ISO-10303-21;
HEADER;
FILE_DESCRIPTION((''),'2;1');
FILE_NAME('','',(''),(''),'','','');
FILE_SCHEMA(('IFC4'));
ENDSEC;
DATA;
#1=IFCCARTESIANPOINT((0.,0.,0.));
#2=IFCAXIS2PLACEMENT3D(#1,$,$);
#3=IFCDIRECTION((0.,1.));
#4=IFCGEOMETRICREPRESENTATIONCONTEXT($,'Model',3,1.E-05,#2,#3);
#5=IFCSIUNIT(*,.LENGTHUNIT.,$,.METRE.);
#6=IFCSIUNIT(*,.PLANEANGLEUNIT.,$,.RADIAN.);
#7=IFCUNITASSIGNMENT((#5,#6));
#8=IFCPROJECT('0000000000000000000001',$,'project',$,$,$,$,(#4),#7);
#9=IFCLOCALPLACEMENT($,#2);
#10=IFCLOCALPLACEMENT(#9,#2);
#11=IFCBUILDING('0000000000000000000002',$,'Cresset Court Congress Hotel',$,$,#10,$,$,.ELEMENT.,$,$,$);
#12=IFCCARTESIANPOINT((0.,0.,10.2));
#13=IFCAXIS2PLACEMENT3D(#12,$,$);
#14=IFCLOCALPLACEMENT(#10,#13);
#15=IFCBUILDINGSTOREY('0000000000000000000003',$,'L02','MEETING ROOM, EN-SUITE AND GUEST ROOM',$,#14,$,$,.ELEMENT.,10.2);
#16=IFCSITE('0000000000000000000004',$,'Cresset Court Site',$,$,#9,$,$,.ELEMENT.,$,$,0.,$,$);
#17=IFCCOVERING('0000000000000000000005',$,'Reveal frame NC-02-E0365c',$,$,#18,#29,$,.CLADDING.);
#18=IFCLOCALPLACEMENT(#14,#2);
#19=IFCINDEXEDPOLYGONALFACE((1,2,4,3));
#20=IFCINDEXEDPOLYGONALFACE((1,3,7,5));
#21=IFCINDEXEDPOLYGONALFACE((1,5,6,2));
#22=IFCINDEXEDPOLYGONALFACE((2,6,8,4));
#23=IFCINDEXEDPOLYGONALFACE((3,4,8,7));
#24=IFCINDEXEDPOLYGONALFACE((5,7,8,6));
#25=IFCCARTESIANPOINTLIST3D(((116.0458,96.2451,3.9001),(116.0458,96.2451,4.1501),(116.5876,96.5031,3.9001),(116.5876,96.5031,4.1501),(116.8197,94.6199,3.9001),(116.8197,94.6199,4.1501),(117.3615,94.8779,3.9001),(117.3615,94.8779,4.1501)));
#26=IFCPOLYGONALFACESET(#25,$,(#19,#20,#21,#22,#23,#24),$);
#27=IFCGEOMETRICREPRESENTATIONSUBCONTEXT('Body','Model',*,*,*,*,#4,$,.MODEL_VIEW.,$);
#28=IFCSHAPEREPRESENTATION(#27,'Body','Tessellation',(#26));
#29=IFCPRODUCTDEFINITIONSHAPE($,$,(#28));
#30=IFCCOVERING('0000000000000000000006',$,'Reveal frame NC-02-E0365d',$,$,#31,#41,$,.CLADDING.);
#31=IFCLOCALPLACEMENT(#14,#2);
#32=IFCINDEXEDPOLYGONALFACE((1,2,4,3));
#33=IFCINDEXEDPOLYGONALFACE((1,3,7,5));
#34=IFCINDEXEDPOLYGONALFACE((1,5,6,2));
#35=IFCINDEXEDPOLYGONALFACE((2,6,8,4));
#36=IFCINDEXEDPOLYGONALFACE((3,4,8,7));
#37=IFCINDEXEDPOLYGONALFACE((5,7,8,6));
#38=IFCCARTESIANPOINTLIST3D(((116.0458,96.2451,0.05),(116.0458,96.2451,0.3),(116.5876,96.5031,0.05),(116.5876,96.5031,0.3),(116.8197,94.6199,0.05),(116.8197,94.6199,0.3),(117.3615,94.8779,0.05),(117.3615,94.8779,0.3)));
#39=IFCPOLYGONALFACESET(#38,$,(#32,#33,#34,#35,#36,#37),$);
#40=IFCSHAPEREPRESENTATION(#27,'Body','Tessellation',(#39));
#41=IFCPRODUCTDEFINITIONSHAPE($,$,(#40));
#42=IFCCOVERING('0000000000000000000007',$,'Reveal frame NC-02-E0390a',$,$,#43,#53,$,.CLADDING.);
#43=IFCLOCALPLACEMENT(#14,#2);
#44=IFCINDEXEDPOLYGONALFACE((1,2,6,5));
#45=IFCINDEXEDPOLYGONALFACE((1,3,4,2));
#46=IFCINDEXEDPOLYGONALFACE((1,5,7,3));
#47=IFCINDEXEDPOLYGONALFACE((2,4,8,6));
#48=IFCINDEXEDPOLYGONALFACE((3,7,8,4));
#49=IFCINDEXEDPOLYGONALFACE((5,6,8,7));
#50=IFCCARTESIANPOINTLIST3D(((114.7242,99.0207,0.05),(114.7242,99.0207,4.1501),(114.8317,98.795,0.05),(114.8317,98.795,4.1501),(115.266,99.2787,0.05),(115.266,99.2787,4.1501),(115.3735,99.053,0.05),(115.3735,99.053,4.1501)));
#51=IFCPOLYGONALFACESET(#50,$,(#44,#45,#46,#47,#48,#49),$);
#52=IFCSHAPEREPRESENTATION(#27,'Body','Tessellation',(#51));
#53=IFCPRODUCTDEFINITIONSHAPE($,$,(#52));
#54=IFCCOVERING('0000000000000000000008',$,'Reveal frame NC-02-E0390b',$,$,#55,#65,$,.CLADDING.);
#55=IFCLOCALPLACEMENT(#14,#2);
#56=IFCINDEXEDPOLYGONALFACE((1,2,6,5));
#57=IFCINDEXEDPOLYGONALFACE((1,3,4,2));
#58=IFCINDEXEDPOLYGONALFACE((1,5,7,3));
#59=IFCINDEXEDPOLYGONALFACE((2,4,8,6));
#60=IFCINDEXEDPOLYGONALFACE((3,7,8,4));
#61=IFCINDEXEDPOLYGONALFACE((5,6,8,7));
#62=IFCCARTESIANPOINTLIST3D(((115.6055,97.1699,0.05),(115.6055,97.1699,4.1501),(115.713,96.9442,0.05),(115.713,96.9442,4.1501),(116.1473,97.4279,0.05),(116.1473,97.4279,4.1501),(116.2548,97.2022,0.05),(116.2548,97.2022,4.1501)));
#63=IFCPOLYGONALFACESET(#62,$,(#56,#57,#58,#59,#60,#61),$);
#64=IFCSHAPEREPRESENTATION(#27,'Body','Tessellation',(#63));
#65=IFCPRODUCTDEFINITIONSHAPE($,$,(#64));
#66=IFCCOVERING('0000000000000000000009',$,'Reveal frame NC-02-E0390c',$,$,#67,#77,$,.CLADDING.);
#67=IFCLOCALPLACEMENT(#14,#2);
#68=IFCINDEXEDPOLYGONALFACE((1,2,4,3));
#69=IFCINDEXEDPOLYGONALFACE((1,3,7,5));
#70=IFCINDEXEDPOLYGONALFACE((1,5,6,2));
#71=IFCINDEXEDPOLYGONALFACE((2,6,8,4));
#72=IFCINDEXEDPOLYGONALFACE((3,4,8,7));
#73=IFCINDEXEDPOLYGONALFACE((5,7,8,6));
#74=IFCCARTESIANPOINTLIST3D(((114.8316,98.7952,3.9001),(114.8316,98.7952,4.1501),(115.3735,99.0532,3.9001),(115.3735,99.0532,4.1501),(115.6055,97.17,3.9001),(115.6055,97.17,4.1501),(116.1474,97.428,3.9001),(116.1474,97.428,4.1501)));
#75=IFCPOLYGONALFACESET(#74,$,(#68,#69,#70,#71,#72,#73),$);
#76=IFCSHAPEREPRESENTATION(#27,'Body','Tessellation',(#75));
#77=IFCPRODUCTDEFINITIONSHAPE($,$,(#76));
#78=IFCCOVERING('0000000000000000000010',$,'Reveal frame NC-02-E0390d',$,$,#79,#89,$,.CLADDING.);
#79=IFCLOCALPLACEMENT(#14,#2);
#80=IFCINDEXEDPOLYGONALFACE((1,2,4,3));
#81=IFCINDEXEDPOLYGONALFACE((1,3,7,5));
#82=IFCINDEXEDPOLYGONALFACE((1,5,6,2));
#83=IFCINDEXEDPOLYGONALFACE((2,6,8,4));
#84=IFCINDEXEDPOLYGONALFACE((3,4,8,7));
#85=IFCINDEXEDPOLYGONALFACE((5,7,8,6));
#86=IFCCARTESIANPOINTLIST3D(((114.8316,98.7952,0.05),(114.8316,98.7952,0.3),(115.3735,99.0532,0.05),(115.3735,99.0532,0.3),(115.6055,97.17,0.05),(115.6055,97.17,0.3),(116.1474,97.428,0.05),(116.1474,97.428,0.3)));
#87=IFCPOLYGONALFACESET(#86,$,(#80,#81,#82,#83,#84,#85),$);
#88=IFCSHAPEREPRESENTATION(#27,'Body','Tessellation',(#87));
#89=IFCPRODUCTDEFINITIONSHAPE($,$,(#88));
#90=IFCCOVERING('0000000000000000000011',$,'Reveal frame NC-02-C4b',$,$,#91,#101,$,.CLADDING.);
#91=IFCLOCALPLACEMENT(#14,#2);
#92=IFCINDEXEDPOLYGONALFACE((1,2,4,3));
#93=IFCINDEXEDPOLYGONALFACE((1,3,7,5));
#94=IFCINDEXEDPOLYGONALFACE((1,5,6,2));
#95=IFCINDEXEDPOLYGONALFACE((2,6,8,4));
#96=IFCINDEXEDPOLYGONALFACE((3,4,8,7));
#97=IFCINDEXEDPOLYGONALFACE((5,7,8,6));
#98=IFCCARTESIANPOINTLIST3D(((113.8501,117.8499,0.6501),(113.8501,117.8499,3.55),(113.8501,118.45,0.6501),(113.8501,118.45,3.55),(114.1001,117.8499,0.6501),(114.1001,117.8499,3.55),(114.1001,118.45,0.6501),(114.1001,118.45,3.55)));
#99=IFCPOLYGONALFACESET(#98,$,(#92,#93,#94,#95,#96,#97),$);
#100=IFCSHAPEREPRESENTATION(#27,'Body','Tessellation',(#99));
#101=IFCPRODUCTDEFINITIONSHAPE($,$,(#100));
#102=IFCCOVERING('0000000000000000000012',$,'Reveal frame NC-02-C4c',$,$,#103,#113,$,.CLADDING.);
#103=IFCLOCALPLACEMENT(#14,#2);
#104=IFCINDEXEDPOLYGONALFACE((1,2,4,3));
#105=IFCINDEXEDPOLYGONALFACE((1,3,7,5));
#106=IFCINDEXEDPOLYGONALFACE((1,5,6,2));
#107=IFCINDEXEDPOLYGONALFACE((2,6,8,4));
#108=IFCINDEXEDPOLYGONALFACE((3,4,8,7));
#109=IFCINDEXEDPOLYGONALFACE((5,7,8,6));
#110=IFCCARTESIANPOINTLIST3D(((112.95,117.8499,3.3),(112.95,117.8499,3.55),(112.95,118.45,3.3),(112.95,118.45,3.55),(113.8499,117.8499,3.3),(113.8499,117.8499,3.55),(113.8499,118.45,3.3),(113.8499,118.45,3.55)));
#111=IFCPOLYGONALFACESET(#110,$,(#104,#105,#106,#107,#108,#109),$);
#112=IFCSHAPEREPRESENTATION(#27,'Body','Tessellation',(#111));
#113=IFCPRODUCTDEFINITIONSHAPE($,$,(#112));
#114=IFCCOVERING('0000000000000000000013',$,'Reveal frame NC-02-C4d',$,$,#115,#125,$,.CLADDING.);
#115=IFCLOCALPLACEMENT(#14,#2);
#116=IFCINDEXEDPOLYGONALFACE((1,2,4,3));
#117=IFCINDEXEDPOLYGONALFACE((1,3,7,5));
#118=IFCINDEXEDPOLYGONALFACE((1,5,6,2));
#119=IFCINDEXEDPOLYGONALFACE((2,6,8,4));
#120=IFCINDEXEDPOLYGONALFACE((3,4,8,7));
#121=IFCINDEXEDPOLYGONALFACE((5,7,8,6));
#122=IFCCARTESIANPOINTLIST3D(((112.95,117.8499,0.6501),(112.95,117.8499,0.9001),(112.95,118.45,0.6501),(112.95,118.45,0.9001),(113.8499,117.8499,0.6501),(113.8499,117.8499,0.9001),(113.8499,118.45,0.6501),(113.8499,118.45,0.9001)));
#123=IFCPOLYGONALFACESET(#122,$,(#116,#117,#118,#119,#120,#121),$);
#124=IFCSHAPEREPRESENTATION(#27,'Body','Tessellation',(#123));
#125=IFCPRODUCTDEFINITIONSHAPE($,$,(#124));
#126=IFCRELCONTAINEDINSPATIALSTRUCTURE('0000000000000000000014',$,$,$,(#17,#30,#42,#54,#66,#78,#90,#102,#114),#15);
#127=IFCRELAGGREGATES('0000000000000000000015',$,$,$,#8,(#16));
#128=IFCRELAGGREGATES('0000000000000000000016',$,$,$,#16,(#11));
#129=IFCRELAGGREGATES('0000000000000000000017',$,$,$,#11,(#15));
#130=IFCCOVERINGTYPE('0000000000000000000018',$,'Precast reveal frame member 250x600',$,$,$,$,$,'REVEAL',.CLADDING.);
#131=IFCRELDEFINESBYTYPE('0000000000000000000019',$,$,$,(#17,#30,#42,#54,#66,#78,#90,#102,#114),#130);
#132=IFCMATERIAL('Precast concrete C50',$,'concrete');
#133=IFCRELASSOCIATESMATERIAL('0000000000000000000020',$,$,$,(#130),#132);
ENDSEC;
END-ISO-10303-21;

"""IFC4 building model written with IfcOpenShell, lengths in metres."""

from ifc_helpers import new_model, si_unit, direction, frame, origin, origin_2d, place, context, subcontext, project, spatial, rectangle, extrude, material, type_object, element, save


model = new_model("IFC4")

# Units and contexts
model_context = context("Model", 3, precision=1e-05, world=origin(), true_north=direction((0.0, 1.0)))
body_context = subcontext(model_context, "Body", "Model", "MODEL_VIEW")
ifc_project = project(units=[si_unit("LENGTHUNIT", "METRE"), si_unit("PLANEANGLEUNIT", "RADIAN")], contexts=[model_context])

# Site, building, storey
site_placement = place(None, origin())
site = spatial("IfcSite", under=ifc_project, at=site_placement, Name="Cresset Court Site", CompositionType="ELEMENT", RefElevation=0.0)
building_placement = place(site_placement, origin())
building = spatial("IfcBuilding", under=site, at=building_placement, Name="Cresset Court Congress Hotel", CompositionType="ELEMENT")
storey_placement = place(building_placement, frame((0.0, 0.0, 10.2)))
storey = spatial("IfcBuildingStorey", under=building, at=storey_placement, Name="L02", Description="MEETING ROOM, EN-SUITE AND GUEST ROOM", CompositionType="ELEMENT", Elevation=10.2)

# Coverings
ifc_material_1 = material(Name="Precast concrete C50", Category="concrete")
covering_type_1 = type_object("IfcCoveringType", Name="Precast reveal frame member 250x600", ElementType="REVEAL", PredefinedType="CLADDING", material=ifc_material_1)
for number, where, z_axis, x_axis, name in (
    (1, (116.7036, 95.5615, 3.9001), (0.0, 0.0, 1.0), (0.429933, -0.902861, 0.0), "Reveal frame NC-02-E0365c"),
    (2, (116.7036, 95.5615, 0.05), (0.0, 0.0, 1.0), (0.429933, -0.902861, 0.0), "Reveal frame NC-02-E0365d"),
):
    element("IfcCovering", number, at=place(storey_placement, frame(where, z_axis=z_axis, x_axis=x_axis)), inside=storey, type_object=covering_type_1, Name=name, PredefinedType="CLADDING", context=body_context, shape_type="SweptSolid", body=[
        extrude(rectangle(XDim=1.8, YDim=0.6001, at=origin_2d()), origin(), (0.0, 0.0, 1.0), 0.25),
    ])
for number, where, z_axis, x_axis, name in (
    (3, (115.0488, 99.0369, 0.05), (0.0, 0.0, 1.0), (0.429933, -0.902861, 0.0), "Reveal frame NC-02-E0390a"),
    (4, (115.9302, 97.186, 0.05), (0.0, 0.0, 1.0), (0.429933, -0.902861, 0.0), "Reveal frame NC-02-E0390b"),
):
    element("IfcCovering", number, at=place(storey_placement, frame(where, z_axis=z_axis, x_axis=x_axis)), inside=storey, type_object=covering_type_1, Name=name, PredefinedType="CLADDING", context=body_context, shape_type="SweptSolid", body=[
        extrude(rectangle(XDim=0.25, YDim=0.6001, at=origin_2d()), origin(), (0.0, 0.0, 1.0), 4.1001),
    ])
for number, where, z_axis, x_axis, name in (
    (5, (115.4895, 98.1116, 3.9001), (0.0, 0.0, 1.0), (0.429933, -0.902861, 0.0), "Reveal frame NC-02-E0390c"),
    (6, (115.4895, 98.1116, 0.05), (0.0, 0.0, 1.0), (0.429933, -0.902861, 0.0), "Reveal frame NC-02-E0390d"),
):
    element("IfcCovering", number, at=place(storey_placement, frame(where, z_axis=z_axis, x_axis=x_axis)), inside=storey, type_object=covering_type_1, Name=name, PredefinedType="CLADDING", context=body_context, shape_type="SweptSolid", body=[
        extrude(rectangle(XDim=1.8, YDim=0.6001, at=origin_2d()), origin(), (0.0, 0.0, 1.0), 0.25),
    ])
covering_1_placement = place(storey_placement, frame((113.9751, 118.1499, 0.6501), z_axis=(0.0, 0.0, 1.0), x_axis=(1.0, 0.0, 0.0)))
element("IfcCovering", 7, at=covering_1_placement, inside=storey, type_object=covering_type_1, Name="Reveal frame NC-02-C4b", PredefinedType="CLADDING", context=body_context, shape_type="SweptSolid", body=[
    extrude(rectangle(XDim=0.25, YDim=0.6001, at=origin_2d()), origin(), (0.0, 0.0, 1.0), 2.8999),
])
for number, where, z_axis, x_axis, name in (
    (8, (113.3999, 118.1499, 3.3), (0.0, 0.0, 1.0), (1.0, 0.0, 0.0), "Reveal frame NC-02-C4c"),
    (9, (113.3999, 118.1499, 0.6501), (0.0, 0.0, 1.0), (1.0, 0.0, 0.0), "Reveal frame NC-02-C4d"),
):
    element("IfcCovering", number, at=place(storey_placement, frame(where, z_axis=z_axis, x_axis=x_axis)), inside=storey, type_object=covering_type_1, Name=name, PredefinedType="CLADDING", context=body_context, shape_type="SweptSolid", body=[
        extrude(rectangle(XDim=0.8999, YDim=0.6001, at=origin_2d()), origin(), (0.0, 0.0, 1.0), 0.25),
    ])

save(model, "model.ifc")
